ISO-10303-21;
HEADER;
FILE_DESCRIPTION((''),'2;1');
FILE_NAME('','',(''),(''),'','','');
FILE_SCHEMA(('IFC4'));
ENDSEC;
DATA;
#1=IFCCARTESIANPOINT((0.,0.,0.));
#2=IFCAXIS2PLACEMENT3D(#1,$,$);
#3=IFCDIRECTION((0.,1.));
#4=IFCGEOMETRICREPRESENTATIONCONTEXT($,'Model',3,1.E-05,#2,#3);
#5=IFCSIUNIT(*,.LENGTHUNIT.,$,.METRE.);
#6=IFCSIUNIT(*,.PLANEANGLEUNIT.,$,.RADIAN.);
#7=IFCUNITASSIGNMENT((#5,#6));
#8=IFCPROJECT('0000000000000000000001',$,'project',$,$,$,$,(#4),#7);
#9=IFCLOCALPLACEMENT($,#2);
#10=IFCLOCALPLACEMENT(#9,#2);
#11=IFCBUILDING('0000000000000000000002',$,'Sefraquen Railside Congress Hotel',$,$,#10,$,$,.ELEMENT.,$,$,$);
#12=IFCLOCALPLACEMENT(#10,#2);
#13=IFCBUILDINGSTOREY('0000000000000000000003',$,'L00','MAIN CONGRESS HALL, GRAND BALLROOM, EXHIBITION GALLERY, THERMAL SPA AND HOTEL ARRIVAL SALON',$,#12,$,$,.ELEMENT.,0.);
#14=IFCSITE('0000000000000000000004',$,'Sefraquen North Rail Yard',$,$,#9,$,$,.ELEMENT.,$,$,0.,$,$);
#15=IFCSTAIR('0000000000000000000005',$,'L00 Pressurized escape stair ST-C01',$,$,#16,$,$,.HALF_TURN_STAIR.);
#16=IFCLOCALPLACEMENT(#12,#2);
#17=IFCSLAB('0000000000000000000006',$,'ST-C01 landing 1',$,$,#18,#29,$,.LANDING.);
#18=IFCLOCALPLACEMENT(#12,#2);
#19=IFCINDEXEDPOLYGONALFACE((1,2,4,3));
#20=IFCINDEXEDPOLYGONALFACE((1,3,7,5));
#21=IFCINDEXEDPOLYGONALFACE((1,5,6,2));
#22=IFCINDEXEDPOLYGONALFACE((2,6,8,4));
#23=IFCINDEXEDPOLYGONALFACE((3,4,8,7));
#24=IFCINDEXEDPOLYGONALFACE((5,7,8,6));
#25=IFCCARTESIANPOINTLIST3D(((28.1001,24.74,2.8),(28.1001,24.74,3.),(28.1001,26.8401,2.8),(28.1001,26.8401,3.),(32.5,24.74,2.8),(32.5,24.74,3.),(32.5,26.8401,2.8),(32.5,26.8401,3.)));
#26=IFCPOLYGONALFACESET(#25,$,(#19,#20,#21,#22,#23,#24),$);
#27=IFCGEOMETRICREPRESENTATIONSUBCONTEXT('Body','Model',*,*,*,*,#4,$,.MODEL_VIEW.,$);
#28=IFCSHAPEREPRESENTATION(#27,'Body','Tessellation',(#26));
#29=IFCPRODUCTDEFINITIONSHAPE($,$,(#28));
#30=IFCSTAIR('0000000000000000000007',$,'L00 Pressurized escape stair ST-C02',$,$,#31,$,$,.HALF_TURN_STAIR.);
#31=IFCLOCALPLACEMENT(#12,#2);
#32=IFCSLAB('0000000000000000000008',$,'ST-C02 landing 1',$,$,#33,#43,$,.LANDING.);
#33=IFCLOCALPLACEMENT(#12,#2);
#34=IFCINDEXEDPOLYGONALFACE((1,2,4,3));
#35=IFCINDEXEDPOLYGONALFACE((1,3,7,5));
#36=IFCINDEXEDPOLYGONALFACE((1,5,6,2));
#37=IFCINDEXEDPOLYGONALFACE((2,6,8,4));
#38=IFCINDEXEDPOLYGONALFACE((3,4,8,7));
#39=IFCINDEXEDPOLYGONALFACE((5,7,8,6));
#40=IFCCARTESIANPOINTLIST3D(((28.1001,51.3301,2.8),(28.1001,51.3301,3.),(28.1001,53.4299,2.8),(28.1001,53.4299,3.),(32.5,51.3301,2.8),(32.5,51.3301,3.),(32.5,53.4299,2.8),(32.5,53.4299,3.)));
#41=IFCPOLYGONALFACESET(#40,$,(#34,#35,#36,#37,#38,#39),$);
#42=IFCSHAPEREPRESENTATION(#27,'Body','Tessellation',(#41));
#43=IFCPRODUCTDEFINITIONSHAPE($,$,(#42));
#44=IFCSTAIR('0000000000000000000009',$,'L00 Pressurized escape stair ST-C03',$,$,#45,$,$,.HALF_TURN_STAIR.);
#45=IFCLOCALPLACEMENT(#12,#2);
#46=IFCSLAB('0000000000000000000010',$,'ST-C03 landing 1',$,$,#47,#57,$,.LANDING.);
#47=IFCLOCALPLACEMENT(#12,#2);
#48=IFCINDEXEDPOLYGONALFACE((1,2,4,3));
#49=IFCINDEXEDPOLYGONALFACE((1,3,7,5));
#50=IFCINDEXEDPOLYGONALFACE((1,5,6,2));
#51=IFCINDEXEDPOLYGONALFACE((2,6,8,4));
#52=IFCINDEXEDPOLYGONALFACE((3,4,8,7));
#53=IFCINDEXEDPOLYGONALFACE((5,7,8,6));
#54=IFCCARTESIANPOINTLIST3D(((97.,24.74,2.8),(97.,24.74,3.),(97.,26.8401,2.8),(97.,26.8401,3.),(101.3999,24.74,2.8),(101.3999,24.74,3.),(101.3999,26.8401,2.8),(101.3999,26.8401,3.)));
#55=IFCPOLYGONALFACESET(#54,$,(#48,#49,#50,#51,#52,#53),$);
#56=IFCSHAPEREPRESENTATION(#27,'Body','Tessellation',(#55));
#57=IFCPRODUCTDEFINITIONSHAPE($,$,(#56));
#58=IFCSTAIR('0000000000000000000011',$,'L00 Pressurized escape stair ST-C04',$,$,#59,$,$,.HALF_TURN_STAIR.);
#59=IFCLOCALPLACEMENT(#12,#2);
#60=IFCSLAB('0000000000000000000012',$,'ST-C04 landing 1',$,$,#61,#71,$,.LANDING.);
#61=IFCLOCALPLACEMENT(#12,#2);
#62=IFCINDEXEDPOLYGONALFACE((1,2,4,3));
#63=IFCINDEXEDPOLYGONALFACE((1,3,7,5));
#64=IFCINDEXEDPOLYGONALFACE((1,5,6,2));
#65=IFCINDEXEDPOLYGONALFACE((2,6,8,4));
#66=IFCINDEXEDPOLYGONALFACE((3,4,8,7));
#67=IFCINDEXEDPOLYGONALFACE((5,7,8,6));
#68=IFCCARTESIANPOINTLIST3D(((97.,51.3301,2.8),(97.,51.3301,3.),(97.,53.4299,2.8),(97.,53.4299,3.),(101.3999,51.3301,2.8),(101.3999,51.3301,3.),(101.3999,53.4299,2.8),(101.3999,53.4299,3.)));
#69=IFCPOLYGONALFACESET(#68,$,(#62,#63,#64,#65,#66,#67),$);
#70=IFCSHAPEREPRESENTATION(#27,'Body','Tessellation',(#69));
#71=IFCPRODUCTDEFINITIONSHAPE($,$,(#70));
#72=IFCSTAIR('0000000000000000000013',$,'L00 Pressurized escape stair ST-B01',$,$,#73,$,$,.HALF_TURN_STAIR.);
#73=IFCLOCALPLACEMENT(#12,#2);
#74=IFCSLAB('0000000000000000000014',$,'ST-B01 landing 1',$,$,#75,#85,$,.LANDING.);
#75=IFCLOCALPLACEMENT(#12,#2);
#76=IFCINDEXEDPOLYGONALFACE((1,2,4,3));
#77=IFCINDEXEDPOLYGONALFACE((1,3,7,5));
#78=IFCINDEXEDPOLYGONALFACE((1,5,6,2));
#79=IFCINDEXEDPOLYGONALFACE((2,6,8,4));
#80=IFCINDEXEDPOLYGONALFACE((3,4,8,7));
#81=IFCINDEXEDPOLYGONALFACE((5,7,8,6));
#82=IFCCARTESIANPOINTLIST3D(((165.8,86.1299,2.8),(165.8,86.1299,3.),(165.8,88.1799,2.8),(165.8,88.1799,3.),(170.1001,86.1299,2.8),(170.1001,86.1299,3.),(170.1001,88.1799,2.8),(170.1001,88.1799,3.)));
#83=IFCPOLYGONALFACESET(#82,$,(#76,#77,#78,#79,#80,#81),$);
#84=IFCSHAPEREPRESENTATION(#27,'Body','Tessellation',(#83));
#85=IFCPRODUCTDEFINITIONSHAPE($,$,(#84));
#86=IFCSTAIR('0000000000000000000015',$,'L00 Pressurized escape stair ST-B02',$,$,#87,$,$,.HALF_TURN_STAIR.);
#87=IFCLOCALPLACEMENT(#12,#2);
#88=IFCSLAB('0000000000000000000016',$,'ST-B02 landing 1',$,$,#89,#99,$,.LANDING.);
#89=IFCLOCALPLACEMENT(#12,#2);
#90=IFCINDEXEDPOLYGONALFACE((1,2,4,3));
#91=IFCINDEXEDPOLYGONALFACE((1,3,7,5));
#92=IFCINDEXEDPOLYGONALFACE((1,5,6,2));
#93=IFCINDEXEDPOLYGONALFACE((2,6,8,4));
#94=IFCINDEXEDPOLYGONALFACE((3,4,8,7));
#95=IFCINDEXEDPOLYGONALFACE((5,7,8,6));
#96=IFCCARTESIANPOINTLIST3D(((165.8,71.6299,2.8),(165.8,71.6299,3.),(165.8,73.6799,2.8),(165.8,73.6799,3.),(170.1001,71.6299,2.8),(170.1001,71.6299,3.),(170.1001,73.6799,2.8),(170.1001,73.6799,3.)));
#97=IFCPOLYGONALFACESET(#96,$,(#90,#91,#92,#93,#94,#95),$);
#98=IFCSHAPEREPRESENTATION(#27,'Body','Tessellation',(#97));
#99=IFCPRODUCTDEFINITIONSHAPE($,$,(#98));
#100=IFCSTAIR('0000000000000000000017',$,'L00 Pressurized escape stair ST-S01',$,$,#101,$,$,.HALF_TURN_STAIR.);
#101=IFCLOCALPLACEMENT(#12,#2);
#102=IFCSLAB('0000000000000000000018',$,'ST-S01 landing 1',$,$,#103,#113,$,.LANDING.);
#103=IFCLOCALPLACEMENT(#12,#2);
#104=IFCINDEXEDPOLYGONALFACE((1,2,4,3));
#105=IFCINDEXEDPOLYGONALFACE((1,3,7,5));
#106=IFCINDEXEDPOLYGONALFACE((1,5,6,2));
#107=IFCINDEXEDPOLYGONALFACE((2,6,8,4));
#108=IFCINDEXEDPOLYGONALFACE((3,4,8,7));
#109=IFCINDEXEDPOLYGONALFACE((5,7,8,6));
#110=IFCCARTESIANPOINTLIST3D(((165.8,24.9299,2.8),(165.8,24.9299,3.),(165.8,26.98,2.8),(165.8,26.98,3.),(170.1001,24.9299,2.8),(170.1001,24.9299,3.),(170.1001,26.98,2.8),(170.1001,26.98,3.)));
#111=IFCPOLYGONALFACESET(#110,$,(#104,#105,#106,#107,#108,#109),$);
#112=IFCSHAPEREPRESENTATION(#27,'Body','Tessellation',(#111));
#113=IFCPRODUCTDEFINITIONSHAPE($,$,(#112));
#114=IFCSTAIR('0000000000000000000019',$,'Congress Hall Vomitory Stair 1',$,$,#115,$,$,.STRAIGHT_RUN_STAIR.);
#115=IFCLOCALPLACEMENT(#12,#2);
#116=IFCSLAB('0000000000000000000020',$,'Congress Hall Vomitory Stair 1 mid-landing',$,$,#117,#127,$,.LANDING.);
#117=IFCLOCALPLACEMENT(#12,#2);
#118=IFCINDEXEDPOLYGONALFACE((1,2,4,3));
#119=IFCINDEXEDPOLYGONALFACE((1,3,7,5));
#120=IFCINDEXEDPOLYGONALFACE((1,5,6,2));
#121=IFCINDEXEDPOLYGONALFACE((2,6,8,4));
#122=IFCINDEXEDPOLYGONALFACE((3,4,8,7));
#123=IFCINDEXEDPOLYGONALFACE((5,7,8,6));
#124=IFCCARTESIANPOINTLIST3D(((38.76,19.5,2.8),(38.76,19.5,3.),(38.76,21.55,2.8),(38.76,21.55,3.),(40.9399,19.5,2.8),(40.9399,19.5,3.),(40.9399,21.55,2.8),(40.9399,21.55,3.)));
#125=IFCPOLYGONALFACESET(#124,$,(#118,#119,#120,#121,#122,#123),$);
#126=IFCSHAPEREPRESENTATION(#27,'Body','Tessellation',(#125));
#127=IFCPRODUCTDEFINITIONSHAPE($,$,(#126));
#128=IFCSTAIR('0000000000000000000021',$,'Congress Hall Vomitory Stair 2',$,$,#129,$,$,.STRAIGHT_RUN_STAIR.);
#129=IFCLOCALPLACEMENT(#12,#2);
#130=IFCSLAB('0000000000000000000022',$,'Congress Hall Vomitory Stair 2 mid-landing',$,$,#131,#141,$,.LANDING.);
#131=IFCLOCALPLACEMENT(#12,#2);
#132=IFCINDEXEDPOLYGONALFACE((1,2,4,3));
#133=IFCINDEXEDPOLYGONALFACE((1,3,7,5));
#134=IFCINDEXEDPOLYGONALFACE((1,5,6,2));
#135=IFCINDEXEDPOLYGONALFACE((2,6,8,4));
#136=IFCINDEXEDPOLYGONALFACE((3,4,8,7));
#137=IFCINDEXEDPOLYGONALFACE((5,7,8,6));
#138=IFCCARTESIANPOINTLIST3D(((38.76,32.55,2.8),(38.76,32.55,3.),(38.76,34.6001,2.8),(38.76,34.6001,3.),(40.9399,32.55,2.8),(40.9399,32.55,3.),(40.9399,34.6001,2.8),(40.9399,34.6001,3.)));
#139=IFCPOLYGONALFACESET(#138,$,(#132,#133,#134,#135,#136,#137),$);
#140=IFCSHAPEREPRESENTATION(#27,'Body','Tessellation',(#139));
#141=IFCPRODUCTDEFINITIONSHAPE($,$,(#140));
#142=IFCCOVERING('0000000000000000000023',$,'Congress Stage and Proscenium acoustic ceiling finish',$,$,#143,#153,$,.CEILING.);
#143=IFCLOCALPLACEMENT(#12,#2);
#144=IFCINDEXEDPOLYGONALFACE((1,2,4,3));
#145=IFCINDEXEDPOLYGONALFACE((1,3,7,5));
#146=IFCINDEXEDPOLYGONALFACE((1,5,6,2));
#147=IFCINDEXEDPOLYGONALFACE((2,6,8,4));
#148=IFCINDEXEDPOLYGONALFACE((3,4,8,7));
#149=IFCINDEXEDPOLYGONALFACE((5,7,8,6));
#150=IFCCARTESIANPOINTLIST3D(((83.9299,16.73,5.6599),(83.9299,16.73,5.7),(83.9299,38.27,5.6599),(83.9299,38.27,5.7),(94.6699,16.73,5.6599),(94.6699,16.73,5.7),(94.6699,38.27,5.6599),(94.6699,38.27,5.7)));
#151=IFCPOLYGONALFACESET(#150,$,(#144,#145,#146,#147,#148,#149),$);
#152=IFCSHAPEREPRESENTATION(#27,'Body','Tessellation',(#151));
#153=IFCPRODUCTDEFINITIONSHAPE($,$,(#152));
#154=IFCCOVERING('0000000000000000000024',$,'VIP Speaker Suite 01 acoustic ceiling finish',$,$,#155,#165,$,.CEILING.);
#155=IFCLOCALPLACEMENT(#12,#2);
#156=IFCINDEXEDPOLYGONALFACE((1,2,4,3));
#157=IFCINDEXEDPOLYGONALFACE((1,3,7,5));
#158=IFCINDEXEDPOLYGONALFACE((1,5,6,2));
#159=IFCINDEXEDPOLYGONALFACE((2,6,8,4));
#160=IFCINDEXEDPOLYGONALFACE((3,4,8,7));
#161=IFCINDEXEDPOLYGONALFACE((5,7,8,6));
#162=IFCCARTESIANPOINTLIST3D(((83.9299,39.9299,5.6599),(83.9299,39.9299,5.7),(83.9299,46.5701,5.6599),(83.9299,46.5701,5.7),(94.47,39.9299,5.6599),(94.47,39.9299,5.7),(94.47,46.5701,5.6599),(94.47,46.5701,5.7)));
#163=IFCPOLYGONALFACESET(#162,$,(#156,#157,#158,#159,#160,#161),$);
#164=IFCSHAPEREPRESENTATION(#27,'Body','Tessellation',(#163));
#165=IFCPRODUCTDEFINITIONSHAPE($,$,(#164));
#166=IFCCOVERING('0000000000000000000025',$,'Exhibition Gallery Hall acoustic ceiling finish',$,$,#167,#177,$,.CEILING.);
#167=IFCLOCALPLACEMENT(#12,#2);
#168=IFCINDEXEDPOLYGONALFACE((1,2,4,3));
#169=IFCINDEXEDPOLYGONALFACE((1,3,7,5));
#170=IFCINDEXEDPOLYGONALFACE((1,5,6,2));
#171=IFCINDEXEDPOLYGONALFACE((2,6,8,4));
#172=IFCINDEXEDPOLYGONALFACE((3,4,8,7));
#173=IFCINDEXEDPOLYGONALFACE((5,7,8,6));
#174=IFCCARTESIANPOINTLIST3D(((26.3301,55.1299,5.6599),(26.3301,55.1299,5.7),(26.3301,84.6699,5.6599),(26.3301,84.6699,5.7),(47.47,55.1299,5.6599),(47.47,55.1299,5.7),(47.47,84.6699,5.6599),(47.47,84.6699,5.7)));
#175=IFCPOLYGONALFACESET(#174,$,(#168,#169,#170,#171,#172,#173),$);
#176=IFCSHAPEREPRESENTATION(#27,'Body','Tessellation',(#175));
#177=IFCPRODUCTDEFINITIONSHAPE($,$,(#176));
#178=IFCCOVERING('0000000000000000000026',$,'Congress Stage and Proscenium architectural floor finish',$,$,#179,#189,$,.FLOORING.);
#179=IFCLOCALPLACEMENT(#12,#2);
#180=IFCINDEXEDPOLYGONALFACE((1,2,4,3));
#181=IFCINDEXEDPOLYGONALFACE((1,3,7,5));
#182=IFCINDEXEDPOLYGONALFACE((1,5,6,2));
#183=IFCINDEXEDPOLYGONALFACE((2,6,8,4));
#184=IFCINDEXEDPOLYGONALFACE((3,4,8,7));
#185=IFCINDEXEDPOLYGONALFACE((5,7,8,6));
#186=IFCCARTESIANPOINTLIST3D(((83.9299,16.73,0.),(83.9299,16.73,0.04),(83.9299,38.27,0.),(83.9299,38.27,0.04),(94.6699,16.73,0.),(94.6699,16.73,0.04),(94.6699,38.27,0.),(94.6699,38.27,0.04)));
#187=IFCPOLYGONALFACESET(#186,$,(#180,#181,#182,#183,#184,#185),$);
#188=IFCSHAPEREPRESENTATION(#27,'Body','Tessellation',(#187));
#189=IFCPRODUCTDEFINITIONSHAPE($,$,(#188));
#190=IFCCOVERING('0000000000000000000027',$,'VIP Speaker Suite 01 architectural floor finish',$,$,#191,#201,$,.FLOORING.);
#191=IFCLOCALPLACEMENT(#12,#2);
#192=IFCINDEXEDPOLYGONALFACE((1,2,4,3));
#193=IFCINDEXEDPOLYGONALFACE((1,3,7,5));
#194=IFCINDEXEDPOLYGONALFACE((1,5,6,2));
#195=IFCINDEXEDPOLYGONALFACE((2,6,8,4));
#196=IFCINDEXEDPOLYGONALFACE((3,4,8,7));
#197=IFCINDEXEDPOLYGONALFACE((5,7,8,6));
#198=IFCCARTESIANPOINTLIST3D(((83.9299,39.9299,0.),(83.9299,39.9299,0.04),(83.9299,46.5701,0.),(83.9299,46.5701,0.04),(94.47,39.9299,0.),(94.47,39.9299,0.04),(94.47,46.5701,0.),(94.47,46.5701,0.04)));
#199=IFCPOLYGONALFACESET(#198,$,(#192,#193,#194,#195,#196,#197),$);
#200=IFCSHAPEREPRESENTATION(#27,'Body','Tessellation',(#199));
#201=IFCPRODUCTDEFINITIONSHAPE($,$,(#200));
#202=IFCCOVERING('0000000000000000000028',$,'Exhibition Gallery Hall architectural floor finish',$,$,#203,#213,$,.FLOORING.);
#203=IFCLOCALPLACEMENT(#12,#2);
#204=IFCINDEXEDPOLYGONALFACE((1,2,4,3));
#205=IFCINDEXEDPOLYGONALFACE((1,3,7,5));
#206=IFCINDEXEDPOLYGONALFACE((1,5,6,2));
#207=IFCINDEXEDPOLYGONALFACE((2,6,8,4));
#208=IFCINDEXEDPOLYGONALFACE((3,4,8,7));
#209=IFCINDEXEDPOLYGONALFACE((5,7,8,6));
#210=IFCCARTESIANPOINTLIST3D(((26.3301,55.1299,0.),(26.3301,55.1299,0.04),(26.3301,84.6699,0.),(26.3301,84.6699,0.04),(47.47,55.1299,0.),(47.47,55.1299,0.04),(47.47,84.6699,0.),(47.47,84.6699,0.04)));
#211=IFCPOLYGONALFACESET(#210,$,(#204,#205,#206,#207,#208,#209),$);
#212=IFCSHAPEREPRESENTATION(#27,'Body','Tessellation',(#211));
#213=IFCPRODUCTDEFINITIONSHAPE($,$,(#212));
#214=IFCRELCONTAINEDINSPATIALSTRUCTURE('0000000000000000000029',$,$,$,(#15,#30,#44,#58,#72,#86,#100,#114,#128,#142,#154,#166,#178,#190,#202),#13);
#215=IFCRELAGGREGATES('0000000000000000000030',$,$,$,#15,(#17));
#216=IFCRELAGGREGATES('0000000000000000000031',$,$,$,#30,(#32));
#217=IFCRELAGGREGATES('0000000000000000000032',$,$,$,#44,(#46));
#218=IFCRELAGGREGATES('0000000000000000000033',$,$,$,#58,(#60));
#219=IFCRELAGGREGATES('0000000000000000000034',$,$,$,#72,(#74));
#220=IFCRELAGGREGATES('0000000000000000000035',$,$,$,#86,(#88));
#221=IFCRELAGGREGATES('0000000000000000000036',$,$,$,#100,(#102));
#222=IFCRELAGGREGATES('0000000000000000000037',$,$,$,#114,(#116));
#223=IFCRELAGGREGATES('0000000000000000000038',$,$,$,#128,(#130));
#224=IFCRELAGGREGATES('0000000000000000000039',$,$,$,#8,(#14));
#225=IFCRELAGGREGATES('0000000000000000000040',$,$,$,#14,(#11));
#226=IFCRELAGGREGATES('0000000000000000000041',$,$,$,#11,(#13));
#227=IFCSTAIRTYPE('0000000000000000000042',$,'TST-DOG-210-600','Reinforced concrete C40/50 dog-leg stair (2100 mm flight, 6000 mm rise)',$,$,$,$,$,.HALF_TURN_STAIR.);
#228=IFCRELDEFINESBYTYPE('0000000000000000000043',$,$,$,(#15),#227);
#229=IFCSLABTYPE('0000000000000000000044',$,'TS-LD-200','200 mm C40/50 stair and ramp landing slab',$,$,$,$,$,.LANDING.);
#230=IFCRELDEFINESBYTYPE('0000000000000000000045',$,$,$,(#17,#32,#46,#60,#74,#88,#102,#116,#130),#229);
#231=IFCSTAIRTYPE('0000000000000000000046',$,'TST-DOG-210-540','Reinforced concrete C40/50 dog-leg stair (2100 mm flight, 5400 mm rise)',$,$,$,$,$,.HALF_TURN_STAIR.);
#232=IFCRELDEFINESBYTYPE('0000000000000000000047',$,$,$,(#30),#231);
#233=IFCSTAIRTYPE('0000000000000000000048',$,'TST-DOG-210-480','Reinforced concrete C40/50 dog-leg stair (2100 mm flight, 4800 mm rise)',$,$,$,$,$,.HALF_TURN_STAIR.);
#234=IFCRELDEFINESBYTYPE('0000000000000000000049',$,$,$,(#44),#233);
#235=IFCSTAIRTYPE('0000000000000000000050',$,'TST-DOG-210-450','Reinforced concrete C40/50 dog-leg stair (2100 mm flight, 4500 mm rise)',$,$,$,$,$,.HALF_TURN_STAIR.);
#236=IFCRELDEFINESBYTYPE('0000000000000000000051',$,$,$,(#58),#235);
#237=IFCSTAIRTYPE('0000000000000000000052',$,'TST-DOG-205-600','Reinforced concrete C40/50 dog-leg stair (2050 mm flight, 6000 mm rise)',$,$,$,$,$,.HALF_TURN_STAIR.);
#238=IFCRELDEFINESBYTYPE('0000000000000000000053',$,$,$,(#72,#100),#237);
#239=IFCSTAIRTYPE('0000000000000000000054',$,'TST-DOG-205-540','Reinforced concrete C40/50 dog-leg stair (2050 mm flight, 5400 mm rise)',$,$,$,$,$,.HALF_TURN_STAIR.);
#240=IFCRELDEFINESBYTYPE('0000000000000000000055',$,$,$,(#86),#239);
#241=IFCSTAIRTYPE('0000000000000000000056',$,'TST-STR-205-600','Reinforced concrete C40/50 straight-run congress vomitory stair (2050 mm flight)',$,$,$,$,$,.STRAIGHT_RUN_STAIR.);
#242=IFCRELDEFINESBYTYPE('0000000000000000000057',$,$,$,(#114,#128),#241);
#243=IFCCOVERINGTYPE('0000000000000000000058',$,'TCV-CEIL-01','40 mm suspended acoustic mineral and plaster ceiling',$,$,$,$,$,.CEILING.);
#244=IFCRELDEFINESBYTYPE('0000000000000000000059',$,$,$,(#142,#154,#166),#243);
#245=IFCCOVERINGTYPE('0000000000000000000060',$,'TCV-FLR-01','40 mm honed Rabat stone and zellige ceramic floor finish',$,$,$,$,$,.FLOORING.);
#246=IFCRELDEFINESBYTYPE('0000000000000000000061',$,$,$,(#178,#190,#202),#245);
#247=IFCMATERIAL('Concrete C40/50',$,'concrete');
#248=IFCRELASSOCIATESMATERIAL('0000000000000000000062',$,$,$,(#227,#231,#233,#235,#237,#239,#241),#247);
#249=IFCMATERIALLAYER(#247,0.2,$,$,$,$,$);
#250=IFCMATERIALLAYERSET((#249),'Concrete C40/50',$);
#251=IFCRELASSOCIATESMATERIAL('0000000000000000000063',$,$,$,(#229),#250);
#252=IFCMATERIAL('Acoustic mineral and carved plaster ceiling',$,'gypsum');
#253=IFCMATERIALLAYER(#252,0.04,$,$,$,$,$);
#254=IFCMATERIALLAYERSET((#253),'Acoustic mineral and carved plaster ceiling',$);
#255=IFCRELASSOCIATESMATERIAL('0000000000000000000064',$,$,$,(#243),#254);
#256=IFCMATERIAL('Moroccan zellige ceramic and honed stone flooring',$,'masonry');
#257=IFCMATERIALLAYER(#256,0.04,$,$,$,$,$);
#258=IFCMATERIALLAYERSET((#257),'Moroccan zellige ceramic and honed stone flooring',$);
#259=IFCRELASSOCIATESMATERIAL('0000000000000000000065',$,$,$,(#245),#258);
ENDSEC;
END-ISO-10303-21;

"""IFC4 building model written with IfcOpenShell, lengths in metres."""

from ifc_helpers import new_model, si_unit, direction, frame, origin, place, context, subcontext, project, spatial, polyline, outline, extrude, material, layer, layer_set, type_object, element, aggregate, save


model = new_model("IFC4")

# Units and contexts
model_context = context("Model", 3, precision=1e-05, world=origin(), true_north=direction((0.0, 1.0)))
body_context = subcontext(model_context, "Body", "Model", "MODEL_VIEW")
ifc_project = project(units=[si_unit("LENGTHUNIT", "METRE"), si_unit("PLANEANGLEUNIT", "RADIAN")], contexts=[model_context])

# Site, building, storey
site_placement = place(None, origin())
site = spatial("IfcSite", under=ifc_project, at=site_placement, Name="Sefraquen North Rail Yard", CompositionType="ELEMENT", RefElevation=0.0)
building_placement = place(site_placement, origin())
building = spatial("IfcBuilding", under=site, at=building_placement, Name="Sefraquen Railside Congress Hotel", CompositionType="ELEMENT")
storey_placement = place(building_placement, origin())
storey = spatial("IfcBuildingStorey", under=building, at=storey_placement, Name="L00", Description="MAIN CONGRESS HALL, GRAND BALLROOM, EXHIBITION GALLERY, THERMAL SPA AND HOTEL ARRIVAL SALON", CompositionType="ELEMENT", Elevation=0.0)

# Stairs, slabs
ifc_material_1 = material(Name="Concrete C40/50", Category="concrete")
stair_type_1 = type_object("IfcStairType", Name="TST-DOG-210-600", Description="Reinforced concrete C40/50 dog-leg stair (2100 mm flight, 6000 mm rise)", PredefinedType="HALF_TURN_STAIR", material=ifc_material_1)
stair_1_placement = place(storey_placement, origin())
stair_1 = element("IfcStair", 1, at=stair_1_placement, inside=storey, type_object=stair_type_1, Name="L00 Pressurized escape stair ST-C01", PredefinedType="HALF_TURN_STAIR")
ifc_layer_1 = layer(ifc_material_1, 0.2)
ifc_layer_set_1 = layer_set([ifc_layer_1], Name="Concrete C40/50")
slab_type = type_object("IfcSlabType", Name="TS-LD-200", Description="200 mm C40/50 stair and ramp landing slab", PredefinedType="LANDING", material=ifc_layer_set_1)
slab_1_placement = place(storey_placement, frame((0.0, 0.0, 2.8)))
slab_1 = element("IfcSlab", 2, at=slab_1_placement, type_object=slab_type, Name="ST-C01 landing 1", PredefinedType="LANDING", context=body_context, shape_type="SweptSolid", body=[
    extrude(outline(polyline([(32.5, 24.74), (32.5, 26.8401), (28.1001, 26.8401), (28.1001, 24.74), (32.5, 24.74)])), origin(), (0.0, 0.0, 1.0), 0.2),
])
aggregate(stair_1, [slab_1])
stair_type_2 = type_object("IfcStairType", Name="TST-DOG-210-540", Description="Reinforced concrete C40/50 dog-leg stair (2100 mm flight, 5400 mm rise)", PredefinedType="HALF_TURN_STAIR", material=ifc_material_1)
stair_2_placement = place(storey_placement, origin())
stair_2 = element("IfcStair", 3, at=stair_2_placement, inside=storey, type_object=stair_type_2, Name="L00 Pressurized escape stair ST-C02", PredefinedType="HALF_TURN_STAIR")
slab_2_placement = place(storey_placement, frame((0.0, 0.0, 2.8)))
slab_2 = element("IfcSlab", 4, at=slab_2_placement, type_object=slab_type, Name="ST-C02 landing 1", PredefinedType="LANDING", context=body_context, shape_type="SweptSolid", body=[
    extrude(outline(polyline([(32.5, 51.3301), (32.5, 53.4299), (28.1001, 53.4299), (28.1001, 51.3301), (32.5, 51.3301)])), origin(), (0.0, 0.0, 1.0), 0.2),
])
aggregate(stair_2, [slab_2])
stair_type_3 = type_object("IfcStairType", Name="TST-DOG-210-480", Description="Reinforced concrete C40/50 dog-leg stair (2100 mm flight, 4800 mm rise)", PredefinedType="HALF_TURN_STAIR", material=ifc_material_1)
stair_3_placement = place(storey_placement, origin())
stair_3 = element("IfcStair", 5, at=stair_3_placement, inside=storey, type_object=stair_type_3, Name="L00 Pressurized escape stair ST-C03", PredefinedType="HALF_TURN_STAIR")
slab_3_placement = place(storey_placement, frame((0.0, 0.0, 2.8)))
slab_3 = element("IfcSlab", 6, at=slab_3_placement, type_object=slab_type, Name="ST-C03 landing 1", PredefinedType="LANDING", context=body_context, shape_type="SweptSolid", body=[
    extrude(outline(polyline([(101.3999, 24.74), (101.3999, 26.8401), (97.0, 26.8401), (97.0, 24.74), (101.3999, 24.74)])), origin(), (0.0, 0.0, 1.0), 0.2),
])
aggregate(stair_3, [slab_3])
stair_type_4 = type_object("IfcStairType", Name="TST-DOG-210-450", Description="Reinforced concrete C40/50 dog-leg stair (2100 mm flight, 4500 mm rise)", PredefinedType="HALF_TURN_STAIR", material=ifc_material_1)
stair_4_placement = place(storey_placement, origin())
stair_4 = element("IfcStair", 7, at=stair_4_placement, inside=storey, type_object=stair_type_4, Name="L00 Pressurized escape stair ST-C04", PredefinedType="HALF_TURN_STAIR")
slab_4_placement = place(storey_placement, frame((0.0, 0.0, 2.8)))
slab_4 = element("IfcSlab", 8, at=slab_4_placement, type_object=slab_type, Name="ST-C04 landing 1", PredefinedType="LANDING", context=body_context, shape_type="SweptSolid", body=[
    extrude(outline(polyline([(101.3999, 51.3301), (101.3999, 53.4299), (97.0, 53.4299), (97.0, 51.3301), (101.3999, 51.3301)])), origin(), (0.0, 0.0, 1.0), 0.2),
])
aggregate(stair_4, [slab_4])
stair_type_5 = type_object("IfcStairType", Name="TST-DOG-205-600", Description="Reinforced concrete C40/50 dog-leg stair (2050 mm flight, 6000 mm rise)", PredefinedType="HALF_TURN_STAIR", material=ifc_material_1)
stair_5_placement = place(storey_placement, origin())
stair_5 = element("IfcStair", 9, at=stair_5_placement, inside=storey, type_object=stair_type_5, Name="L00 Pressurized escape stair ST-B01", PredefinedType="HALF_TURN_STAIR")
slab_5_placement = place(storey_placement, frame((0.0, 0.0, 2.8)))
slab_5 = element("IfcSlab", 10, at=slab_5_placement, type_object=slab_type, Name="ST-B01 landing 1", PredefinedType="LANDING", context=body_context, shape_type="SweptSolid", body=[
    extrude(outline(polyline([(170.1001, 86.1299), (170.1001, 88.1799), (165.8, 88.1799), (165.8, 86.1299), (170.1001, 86.1299)])), origin(), (0.0, 0.0, 1.0), 0.2),
])
aggregate(stair_5, [slab_5])
stair_type_6 = type_object("IfcStairType", Name="TST-DOG-205-540", Description="Reinforced concrete C40/50 dog-leg stair (2050 mm flight, 5400 mm rise)", PredefinedType="HALF_TURN_STAIR", material=ifc_material_1)
stair_6_placement = place(storey_placement, origin())
stair_6 = element("IfcStair", 11, at=stair_6_placement, inside=storey, type_object=stair_type_6, Name="L00 Pressurized escape stair ST-B02", PredefinedType="HALF_TURN_STAIR")
slab_6_placement = place(storey_placement, frame((0.0, 0.0, 2.8)))
slab_6 = element("IfcSlab", 12, at=slab_6_placement, type_object=slab_type, Name="ST-B02 landing 1", PredefinedType="LANDING", context=body_context, shape_type="SweptSolid", body=[
    extrude(outline(polyline([(170.1001, 71.6299), (170.1001, 73.6799), (165.8, 73.6799), (165.8, 71.6299), (170.1001, 71.6299)])), origin(), (0.0, 0.0, 1.0), 0.2),
])
aggregate(stair_6, [slab_6])
stair_7_placement = place(storey_placement, origin())
stair_7 = element("IfcStair", 13, at=stair_7_placement, inside=storey, type_object=stair_type_5, Name="L00 Pressurized escape stair ST-S01", PredefinedType="HALF_TURN_STAIR")
slab_7_placement = place(storey_placement, frame((0.0, 0.0, 2.8)))
slab_7 = element("IfcSlab", 14, at=slab_7_placement, type_object=slab_type, Name="ST-S01 landing 1", PredefinedType="LANDING", context=body_context, shape_type="SweptSolid", body=[
    extrude(outline(polyline([(170.1001, 24.9299), (170.1001, 26.98), (165.8, 26.98), (165.8, 24.9299), (170.1001, 24.9299)])), origin(), (0.0, 0.0, 1.0), 0.2),
])
aggregate(stair_7, [slab_7])
stair_type_7 = type_object("IfcStairType", Name="TST-STR-205-600", Description="Reinforced concrete C40/50 straight-run congress vomitory stair (2050 mm flight)", PredefinedType="STRAIGHT_RUN_STAIR", material=ifc_material_1)
stair_8_placement = place(storey_placement, origin())
stair_8 = element("IfcStair", 15, at=stair_8_placement, inside=storey, type_object=stair_type_7, Name="Congress Hall Vomitory Stair 1", PredefinedType="STRAIGHT_RUN_STAIR")
slab_8_placement = place(storey_placement, frame((0.0, 0.0, 2.8)))
slab_8 = element("IfcSlab", 16, at=slab_8_placement, type_object=slab_type, Name="Congress Hall Vomitory Stair 1 mid-landing", PredefinedType="LANDING", context=body_context, shape_type="SweptSolid", body=[
    extrude(outline(polyline([(38.76, 19.5), (40.9399, 19.5), (40.9399, 21.55), (38.76, 21.55), (38.76, 19.5)])), origin(), (0.0, 0.0, 1.0), 0.2),
])
aggregate(stair_8, [slab_8])
stair_9_placement = place(storey_placement, origin())
stair_9 = element("IfcStair", 17, at=stair_9_placement, inside=storey, type_object=stair_type_7, Name="Congress Hall Vomitory Stair 2", PredefinedType="STRAIGHT_RUN_STAIR")
slab_9_placement = place(storey_placement, frame((0.0, 0.0, 2.8)))
slab_9 = element("IfcSlab", 18, at=slab_9_placement, type_object=slab_type, Name="Congress Hall Vomitory Stair 2 mid-landing", PredefinedType="LANDING", context=body_context, shape_type="SweptSolid", body=[
    extrude(outline(polyline([(38.76, 32.55), (40.9399, 32.55), (40.9399, 34.6001), (38.76, 34.6001), (38.76, 32.55)])), origin(), (0.0, 0.0, 1.0), 0.2),
])
aggregate(stair_9, [slab_9])

# Coverings
ifc_material_2 = material(Name="Acoustic mineral and carved plaster ceiling", Category="gypsum")
ifc_layer_2 = layer(ifc_material_2, 0.04)
ifc_layer_set_2 = layer_set([ifc_layer_2], Name="Acoustic mineral and carved plaster ceiling")
covering_type_1 = type_object("IfcCoveringType", Name="TCV-CEIL-01", Description="40 mm suspended acoustic mineral and plaster ceiling", PredefinedType="CEILING", material=ifc_layer_set_2)
covering_1_placement = place(storey_placement, frame((0.0, 0.0, 5.6599)))
element("IfcCovering", 19, at=covering_1_placement, inside=storey, type_object=covering_type_1, Name="Congress Stage and Proscenium acoustic ceiling finish", PredefinedType="CEILING", context=body_context, shape_type="SweptSolid", body=[
    extrude(outline(polyline([(83.9299, 16.73), (94.6699, 16.73), (94.6699, 38.27), (83.9299, 38.27), (83.9299, 16.73)])), origin(), (0.0, 0.0, 1.0), 0.04),
])
covering_2_placement = place(storey_placement, frame((0.0, 0.0, 5.6599)))
element("IfcCovering", 20, at=covering_2_placement, inside=storey, type_object=covering_type_1, Name="VIP Speaker Suite 01 acoustic ceiling finish", PredefinedType="CEILING", context=body_context, shape_type="SweptSolid", body=[
    extrude(outline(polyline([(83.9299, 39.9299), (94.47, 39.9299), (94.47, 46.5701), (83.9299, 46.5701), (83.9299, 39.9299)])), origin(), (0.0, 0.0, 1.0), 0.04),
])
covering_3_placement = place(storey_placement, frame((0.0, 0.0, 5.6599)))
element("IfcCovering", 21, at=covering_3_placement, inside=storey, type_object=covering_type_1, Name="Exhibition Gallery Hall acoustic ceiling finish", PredefinedType="CEILING", context=body_context, shape_type="SweptSolid", body=[
    extrude(outline(polyline([(26.3301, 55.1299), (47.47, 55.1299), (47.47, 84.6699), (26.3301, 84.6699), (26.3301, 55.1299)])), origin(), (0.0, 0.0, 1.0), 0.04),
])
ifc_material_3 = material(Name="Moroccan zellige ceramic and honed stone flooring", Category="masonry")
ifc_layer_3 = layer(ifc_material_3, 0.04)
ifc_layer_set_3 = layer_set([ifc_layer_3], Name="Moroccan zellige ceramic and honed stone flooring")
covering_type_2 = type_object("IfcCoveringType", Name="TCV-FLR-01", Description="40 mm honed Rabat stone and zellige ceramic floor finish", PredefinedType="FLOORING", material=ifc_layer_set_3)
covering_4_placement = place(storey_placement, origin())
element("IfcCovering", 22, at=covering_4_placement, inside=storey, type_object=covering_type_2, Name="Congress Stage and Proscenium architectural floor finish", PredefinedType="FLOORING", context=body_context, shape_type="SweptSolid", body=[
    extrude(outline(polyline([(83.9299, 16.73), (94.6699, 16.73), (94.6699, 38.27), (83.9299, 38.27), (83.9299, 16.73)])), origin(), (0.0, 0.0, 1.0), 0.04),
])
covering_5_placement = place(storey_placement, origin())
element("IfcCovering", 23, at=covering_5_placement, inside=storey, type_object=covering_type_2, Name="VIP Speaker Suite 01 architectural floor finish", PredefinedType="FLOORING", context=body_context, shape_type="SweptSolid", body=[
    extrude(outline(polyline([(83.9299, 39.9299), (94.47, 39.9299), (94.47, 46.5701), (83.9299, 46.5701), (83.9299, 39.9299)])), origin(), (0.0, 0.0, 1.0), 0.04),
])
covering_6_placement = place(storey_placement, origin())
element("IfcCovering", 24, at=covering_6_placement, inside=storey, type_object=covering_type_2, Name="Exhibition Gallery Hall architectural floor finish", PredefinedType="FLOORING", context=body_context, shape_type="SweptSolid", body=[
    extrude(outline(polyline([(26.3301, 55.1299), (47.47, 55.1299), (47.47, 84.6699), (26.3301, 84.6699), (26.3301, 55.1299)])), origin(), (0.0, 0.0, 1.0), 0.04),
])

save(model, "model.ifc")
